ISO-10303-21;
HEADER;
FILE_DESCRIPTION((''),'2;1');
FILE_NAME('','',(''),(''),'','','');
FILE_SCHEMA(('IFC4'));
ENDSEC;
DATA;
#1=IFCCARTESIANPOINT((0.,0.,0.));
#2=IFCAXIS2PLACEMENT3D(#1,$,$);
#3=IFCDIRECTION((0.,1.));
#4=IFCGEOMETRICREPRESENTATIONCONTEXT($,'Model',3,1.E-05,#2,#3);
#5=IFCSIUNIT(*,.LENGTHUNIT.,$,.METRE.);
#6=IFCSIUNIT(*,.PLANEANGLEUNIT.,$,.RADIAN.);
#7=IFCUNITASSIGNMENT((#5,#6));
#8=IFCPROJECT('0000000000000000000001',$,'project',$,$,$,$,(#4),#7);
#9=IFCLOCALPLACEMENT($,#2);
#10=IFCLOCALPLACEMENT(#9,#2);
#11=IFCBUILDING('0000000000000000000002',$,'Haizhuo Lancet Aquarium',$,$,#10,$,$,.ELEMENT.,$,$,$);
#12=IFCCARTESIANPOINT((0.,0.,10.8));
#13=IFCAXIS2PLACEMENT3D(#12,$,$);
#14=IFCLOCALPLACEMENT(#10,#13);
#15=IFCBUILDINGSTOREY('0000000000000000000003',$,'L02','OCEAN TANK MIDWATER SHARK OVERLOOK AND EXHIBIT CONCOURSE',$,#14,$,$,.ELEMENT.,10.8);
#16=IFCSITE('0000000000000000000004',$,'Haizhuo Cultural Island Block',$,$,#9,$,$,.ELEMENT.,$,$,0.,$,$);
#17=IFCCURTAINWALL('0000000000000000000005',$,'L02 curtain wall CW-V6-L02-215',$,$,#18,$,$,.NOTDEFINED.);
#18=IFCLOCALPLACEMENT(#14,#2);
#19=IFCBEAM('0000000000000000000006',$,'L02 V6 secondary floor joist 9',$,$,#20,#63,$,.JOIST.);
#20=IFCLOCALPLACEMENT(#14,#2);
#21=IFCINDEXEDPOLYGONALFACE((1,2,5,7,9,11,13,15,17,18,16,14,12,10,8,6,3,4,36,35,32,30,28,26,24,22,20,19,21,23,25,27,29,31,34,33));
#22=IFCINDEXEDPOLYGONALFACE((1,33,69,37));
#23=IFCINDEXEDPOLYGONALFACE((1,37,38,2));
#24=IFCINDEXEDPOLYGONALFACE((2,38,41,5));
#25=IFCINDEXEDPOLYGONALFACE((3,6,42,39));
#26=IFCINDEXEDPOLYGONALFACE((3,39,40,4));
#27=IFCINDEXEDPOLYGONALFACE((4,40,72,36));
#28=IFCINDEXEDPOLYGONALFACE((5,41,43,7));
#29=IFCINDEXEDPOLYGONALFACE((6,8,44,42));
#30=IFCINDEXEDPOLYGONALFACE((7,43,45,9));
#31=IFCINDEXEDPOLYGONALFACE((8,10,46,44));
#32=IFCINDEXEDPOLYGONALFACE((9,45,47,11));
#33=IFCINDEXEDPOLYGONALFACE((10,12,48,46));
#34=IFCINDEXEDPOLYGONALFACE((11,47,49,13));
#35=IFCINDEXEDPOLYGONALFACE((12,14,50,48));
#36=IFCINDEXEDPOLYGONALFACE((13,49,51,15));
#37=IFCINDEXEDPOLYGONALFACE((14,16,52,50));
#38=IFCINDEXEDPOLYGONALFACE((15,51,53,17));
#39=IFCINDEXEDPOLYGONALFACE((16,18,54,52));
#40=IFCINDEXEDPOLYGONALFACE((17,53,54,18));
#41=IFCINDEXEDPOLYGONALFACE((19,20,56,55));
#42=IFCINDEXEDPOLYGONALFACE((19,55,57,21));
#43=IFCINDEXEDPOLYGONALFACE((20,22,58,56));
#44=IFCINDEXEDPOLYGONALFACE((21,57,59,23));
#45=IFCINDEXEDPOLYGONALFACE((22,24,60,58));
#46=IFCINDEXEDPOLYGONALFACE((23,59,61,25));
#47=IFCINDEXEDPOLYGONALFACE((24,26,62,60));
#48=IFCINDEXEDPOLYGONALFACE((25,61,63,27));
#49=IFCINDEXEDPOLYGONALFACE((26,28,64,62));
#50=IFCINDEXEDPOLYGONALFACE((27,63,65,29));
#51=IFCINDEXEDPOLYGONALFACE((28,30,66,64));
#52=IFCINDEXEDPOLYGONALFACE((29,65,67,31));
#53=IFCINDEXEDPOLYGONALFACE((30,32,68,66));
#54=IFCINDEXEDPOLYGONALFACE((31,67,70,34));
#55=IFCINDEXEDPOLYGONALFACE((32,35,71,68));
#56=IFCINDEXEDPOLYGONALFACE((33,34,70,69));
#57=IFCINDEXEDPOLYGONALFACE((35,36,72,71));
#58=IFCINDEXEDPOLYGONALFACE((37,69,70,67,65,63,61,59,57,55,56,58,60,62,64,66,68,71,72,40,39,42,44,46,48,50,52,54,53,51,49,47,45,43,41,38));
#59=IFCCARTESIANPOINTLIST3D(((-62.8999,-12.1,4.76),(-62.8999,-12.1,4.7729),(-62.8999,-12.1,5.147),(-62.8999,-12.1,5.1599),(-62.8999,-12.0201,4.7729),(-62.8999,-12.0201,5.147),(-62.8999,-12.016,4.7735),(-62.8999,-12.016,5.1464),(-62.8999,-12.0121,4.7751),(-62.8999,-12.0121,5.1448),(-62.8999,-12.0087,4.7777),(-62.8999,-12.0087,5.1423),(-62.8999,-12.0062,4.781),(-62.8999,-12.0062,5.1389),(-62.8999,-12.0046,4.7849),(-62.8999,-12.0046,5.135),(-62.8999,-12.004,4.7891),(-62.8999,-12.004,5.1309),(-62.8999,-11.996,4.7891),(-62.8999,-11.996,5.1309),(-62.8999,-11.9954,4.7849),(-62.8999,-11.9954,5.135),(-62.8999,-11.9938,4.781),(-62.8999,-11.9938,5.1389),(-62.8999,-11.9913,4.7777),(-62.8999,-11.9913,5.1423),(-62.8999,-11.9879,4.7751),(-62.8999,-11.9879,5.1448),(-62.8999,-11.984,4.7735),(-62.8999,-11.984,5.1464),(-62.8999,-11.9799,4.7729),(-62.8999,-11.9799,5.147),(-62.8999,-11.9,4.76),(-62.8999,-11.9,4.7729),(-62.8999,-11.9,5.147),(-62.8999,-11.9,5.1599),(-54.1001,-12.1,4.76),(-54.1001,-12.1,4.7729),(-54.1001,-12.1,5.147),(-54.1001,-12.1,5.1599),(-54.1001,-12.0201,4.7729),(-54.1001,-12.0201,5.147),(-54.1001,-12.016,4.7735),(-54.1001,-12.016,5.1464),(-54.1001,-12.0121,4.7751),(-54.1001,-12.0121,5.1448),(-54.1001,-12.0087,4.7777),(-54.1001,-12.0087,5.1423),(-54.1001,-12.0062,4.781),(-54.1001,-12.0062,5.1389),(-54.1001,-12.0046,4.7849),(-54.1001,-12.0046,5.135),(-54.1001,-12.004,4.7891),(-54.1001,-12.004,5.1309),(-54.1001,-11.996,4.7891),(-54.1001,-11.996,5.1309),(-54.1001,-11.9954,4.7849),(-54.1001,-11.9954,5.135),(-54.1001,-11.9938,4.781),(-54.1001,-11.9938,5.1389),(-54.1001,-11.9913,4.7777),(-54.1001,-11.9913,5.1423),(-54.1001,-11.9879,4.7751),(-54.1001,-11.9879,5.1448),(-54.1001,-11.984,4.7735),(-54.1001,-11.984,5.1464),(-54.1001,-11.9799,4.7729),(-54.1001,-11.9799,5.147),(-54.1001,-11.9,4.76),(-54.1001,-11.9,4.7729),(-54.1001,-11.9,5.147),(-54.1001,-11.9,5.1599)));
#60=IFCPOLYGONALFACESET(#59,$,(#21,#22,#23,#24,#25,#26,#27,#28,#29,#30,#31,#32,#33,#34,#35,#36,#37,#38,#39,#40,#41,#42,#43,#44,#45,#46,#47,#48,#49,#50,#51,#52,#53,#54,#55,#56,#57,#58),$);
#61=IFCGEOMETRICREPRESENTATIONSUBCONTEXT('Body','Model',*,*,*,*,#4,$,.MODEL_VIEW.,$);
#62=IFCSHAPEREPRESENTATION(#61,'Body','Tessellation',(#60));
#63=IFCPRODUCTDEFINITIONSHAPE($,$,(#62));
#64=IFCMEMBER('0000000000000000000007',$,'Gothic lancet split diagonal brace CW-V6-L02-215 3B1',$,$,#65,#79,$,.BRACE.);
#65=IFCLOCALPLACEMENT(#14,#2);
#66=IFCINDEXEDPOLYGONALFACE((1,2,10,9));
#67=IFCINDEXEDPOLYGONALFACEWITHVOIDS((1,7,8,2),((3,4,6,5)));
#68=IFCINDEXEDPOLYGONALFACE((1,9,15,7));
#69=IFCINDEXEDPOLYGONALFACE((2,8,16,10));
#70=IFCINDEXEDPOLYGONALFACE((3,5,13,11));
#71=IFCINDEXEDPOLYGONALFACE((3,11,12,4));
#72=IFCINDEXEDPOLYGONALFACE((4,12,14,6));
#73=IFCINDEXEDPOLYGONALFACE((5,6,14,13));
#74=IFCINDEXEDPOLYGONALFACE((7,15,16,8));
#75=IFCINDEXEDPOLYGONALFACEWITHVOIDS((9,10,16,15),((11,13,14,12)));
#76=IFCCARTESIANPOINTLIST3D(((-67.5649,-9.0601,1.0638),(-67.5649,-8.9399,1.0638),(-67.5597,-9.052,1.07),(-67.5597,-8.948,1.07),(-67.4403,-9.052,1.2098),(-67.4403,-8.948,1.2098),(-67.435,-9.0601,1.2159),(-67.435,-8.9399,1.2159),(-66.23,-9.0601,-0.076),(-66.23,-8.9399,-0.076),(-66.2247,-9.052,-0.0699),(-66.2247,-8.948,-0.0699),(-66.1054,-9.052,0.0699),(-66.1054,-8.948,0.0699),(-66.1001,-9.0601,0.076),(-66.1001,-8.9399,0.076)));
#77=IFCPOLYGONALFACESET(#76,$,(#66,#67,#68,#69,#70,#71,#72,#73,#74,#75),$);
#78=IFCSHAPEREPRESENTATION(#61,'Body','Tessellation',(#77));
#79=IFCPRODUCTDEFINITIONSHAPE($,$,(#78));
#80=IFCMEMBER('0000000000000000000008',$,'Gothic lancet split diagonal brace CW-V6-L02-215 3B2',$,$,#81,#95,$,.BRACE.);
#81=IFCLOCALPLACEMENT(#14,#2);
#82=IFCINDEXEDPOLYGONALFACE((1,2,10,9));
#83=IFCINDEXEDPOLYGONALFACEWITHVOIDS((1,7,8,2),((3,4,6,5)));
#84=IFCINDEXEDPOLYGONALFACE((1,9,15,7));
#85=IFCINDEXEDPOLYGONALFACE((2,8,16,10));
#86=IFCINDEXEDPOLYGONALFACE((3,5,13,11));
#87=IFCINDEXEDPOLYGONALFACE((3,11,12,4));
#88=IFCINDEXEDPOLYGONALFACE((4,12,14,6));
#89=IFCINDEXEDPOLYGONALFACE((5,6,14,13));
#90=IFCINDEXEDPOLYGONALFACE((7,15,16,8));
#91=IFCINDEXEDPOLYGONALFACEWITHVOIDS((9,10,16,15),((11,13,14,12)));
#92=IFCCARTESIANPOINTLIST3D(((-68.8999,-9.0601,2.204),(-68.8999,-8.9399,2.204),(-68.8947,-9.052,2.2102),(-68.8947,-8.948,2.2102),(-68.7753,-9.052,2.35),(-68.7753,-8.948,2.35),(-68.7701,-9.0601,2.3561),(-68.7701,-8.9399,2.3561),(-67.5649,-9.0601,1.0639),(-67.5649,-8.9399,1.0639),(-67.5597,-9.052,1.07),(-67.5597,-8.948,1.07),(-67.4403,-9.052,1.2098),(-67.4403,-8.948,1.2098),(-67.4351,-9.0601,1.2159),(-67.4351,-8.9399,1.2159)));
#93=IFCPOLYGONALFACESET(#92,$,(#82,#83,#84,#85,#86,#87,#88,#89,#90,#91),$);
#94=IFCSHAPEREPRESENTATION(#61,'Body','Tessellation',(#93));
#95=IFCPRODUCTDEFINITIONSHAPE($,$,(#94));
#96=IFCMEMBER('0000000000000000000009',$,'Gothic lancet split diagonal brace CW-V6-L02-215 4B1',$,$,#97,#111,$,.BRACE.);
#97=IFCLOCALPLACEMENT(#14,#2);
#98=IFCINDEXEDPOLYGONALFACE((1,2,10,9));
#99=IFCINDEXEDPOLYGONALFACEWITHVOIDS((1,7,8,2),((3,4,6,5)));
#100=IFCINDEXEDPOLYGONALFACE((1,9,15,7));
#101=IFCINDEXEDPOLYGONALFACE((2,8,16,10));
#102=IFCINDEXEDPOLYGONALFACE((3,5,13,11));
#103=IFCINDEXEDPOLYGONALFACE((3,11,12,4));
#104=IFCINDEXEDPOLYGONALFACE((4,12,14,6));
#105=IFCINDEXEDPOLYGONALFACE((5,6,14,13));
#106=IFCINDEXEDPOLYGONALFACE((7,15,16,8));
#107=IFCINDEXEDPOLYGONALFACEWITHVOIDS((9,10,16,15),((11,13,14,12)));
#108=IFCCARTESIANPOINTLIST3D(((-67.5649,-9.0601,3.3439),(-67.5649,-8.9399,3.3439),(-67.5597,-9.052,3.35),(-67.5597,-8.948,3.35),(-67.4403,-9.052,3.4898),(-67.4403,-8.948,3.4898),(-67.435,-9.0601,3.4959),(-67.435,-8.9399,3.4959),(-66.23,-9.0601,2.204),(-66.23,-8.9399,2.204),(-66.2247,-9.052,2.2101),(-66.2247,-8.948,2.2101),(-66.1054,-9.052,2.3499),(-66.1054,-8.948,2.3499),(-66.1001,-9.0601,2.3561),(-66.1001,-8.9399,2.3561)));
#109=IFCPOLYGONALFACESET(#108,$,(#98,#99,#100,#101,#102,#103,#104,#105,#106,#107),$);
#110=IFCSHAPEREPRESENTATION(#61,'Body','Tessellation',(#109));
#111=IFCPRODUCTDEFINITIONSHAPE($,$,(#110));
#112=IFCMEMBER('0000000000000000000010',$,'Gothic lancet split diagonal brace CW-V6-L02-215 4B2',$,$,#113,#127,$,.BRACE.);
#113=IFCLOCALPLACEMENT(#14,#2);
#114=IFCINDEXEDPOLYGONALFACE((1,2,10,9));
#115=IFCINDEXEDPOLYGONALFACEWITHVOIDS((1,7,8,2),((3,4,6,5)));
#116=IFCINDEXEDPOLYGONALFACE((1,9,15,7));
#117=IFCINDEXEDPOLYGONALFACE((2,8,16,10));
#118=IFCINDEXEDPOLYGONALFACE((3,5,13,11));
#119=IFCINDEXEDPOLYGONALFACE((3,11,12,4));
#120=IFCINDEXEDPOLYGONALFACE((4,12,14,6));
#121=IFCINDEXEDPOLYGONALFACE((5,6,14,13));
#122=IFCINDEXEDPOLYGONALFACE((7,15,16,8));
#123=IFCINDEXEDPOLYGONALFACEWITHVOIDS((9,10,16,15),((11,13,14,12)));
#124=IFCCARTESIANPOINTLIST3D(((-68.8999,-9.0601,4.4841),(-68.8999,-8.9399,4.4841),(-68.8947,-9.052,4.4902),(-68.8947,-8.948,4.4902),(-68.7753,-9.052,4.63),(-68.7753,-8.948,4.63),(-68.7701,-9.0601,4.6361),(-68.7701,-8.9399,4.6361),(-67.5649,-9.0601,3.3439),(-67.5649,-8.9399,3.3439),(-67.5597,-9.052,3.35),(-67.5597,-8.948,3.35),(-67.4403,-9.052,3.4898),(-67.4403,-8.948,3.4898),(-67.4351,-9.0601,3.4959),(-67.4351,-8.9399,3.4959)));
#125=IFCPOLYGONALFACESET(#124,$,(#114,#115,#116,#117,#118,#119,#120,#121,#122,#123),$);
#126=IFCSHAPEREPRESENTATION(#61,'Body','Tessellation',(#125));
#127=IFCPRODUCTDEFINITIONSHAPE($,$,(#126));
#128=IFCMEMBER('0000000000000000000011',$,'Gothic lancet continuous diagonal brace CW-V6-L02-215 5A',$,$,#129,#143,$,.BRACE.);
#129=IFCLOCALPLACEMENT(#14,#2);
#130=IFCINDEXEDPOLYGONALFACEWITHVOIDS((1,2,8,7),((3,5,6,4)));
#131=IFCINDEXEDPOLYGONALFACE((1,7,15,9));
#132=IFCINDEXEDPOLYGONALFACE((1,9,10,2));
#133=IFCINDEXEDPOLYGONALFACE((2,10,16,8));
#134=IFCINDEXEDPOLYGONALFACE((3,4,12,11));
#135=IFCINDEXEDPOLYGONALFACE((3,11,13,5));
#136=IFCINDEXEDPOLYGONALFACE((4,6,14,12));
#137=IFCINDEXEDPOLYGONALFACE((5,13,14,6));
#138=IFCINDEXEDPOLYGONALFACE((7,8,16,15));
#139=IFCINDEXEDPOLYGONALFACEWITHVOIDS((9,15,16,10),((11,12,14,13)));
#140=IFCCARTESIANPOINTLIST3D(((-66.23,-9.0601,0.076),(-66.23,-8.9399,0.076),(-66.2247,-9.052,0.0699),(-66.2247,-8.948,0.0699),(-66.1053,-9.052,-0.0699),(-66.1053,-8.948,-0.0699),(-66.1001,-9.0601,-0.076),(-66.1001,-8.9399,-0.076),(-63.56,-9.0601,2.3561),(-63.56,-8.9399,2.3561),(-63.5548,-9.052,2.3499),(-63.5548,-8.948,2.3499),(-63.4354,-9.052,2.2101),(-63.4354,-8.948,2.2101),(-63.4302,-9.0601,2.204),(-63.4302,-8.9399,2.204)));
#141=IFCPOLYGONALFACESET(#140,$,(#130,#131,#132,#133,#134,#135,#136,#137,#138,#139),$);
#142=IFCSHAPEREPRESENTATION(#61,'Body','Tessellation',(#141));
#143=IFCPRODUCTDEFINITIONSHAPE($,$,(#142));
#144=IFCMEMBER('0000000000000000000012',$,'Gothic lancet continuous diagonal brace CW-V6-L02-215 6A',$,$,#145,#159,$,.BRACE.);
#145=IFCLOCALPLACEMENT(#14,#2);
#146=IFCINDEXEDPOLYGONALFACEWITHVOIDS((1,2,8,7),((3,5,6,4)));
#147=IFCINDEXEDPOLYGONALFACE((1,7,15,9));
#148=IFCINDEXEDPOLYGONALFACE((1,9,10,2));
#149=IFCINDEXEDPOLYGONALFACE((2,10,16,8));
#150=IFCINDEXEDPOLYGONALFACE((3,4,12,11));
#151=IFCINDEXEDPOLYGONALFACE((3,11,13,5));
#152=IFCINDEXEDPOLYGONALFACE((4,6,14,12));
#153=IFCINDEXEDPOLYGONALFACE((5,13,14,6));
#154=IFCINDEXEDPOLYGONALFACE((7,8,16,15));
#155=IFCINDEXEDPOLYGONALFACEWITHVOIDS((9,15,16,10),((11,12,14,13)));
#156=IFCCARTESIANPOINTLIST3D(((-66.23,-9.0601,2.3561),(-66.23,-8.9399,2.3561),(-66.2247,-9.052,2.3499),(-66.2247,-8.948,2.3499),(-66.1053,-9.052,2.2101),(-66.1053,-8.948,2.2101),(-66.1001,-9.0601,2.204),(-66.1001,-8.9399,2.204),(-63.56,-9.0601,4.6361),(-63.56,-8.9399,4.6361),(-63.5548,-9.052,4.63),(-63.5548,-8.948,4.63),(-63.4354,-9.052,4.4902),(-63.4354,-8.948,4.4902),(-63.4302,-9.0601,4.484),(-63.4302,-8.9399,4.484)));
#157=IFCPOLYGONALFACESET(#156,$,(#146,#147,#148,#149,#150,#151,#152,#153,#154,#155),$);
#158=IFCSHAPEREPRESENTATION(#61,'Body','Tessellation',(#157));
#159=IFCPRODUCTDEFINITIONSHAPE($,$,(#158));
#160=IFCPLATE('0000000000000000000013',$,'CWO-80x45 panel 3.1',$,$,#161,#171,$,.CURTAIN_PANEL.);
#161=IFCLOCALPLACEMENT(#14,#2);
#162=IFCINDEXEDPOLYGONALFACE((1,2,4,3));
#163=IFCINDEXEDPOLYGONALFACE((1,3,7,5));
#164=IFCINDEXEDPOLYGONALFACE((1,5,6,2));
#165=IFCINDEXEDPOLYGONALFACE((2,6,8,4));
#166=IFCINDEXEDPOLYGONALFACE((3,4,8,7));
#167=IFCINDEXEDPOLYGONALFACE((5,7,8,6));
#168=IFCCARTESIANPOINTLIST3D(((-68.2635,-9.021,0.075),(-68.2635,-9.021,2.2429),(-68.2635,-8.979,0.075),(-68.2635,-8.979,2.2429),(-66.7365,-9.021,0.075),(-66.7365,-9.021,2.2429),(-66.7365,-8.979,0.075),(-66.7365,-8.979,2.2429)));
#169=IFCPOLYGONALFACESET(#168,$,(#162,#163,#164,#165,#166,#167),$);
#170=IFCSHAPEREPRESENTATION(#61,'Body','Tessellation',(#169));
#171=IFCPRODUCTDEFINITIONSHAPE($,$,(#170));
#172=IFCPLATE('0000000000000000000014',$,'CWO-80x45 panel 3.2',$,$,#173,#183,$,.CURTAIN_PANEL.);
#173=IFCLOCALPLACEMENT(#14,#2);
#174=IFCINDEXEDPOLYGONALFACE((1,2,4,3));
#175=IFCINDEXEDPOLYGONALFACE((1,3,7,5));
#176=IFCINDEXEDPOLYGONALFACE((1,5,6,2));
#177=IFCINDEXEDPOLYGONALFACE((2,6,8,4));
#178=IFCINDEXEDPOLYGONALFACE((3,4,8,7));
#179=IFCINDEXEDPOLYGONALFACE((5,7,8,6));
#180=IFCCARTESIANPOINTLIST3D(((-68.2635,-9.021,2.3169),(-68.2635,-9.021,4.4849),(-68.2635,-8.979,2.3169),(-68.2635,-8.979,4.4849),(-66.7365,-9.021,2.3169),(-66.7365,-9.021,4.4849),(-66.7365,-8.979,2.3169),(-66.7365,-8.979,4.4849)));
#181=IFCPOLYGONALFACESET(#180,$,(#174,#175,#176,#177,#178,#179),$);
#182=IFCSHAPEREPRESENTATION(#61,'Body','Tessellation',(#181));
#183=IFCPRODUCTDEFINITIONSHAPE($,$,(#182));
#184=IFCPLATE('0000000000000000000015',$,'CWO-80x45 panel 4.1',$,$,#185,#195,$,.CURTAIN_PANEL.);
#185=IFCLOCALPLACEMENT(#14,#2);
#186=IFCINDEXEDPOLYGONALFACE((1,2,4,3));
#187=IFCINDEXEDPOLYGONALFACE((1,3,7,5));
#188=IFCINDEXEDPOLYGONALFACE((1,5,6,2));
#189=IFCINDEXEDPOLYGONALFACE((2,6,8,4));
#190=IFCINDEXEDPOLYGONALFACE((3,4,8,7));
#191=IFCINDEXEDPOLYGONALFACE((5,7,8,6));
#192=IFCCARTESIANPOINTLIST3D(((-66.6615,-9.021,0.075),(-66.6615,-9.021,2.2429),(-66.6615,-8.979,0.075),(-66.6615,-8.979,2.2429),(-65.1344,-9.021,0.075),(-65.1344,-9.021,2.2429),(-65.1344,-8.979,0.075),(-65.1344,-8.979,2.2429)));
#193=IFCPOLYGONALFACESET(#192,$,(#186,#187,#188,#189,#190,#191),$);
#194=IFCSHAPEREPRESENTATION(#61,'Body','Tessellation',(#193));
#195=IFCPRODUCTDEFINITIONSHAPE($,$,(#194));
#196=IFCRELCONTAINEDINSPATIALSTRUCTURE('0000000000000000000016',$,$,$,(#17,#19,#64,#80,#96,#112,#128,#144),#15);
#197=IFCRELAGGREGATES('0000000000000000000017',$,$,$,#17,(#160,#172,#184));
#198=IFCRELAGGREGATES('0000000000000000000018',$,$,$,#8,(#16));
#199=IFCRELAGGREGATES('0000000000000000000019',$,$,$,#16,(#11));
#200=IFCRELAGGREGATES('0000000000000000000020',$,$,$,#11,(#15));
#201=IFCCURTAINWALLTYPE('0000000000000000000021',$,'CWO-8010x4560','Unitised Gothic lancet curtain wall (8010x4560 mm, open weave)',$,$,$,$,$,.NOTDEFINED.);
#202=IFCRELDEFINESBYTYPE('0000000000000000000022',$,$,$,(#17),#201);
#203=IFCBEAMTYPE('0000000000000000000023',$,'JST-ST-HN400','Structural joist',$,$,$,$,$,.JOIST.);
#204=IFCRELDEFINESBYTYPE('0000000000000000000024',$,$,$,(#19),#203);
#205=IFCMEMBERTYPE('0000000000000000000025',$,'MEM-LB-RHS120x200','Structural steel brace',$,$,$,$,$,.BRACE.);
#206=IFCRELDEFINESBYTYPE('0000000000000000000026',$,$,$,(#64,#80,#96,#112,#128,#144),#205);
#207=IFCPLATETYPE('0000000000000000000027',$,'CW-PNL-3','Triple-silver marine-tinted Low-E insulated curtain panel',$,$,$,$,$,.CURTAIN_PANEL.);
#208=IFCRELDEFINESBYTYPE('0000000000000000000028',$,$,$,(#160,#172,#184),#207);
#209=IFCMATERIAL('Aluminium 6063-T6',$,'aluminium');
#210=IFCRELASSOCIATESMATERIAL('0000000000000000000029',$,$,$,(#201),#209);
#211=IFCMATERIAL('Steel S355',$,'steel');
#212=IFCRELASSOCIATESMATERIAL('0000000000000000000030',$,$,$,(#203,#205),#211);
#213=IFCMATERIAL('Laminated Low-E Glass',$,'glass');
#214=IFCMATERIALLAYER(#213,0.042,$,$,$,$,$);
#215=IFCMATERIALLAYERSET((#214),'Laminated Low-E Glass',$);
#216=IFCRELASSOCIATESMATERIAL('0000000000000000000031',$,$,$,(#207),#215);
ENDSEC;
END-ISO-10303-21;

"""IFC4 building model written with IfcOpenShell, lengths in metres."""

from ifc_helpers import new_model, si_unit, direction, frame, origin, origin_2d, place, context, subcontext, project, spatial, rectangle, hollow_rectangle, i_section, extrude, material, layer, layer_set, material_profile, profile_set, type_object, element, aggregate, save


model = new_model("IFC4")

# Units and contexts
model_context = context("Model", 3, precision=1e-05, world=origin(), true_north=direction((0.0, 1.0)))
body_context = subcontext(model_context, "Body", "Model", "MODEL_VIEW")
ifc_project = project(units=[si_unit("LENGTHUNIT", "METRE"), si_unit("PLANEANGLEUNIT", "RADIAN")], contexts=[model_context])

# Site, building, storey
site_placement = place(None, origin())
site = spatial("IfcSite", under=ifc_project, at=site_placement, Name="Haizhuo Cultural Island Block", CompositionType="ELEMENT", RefElevation=0.0)
building_placement = place(site_placement, origin())
building = spatial("IfcBuilding", under=site, at=building_placement, Name="Haizhuo Lancet Aquarium", CompositionType="ELEMENT")
storey_placement = place(building_placement, frame((0.0, 0.0, 10.8)))
storey = spatial("IfcBuildingStorey", under=building, at=storey_placement, Name="L02", Description="OCEAN TANK MIDWATER SHARK OVERLOOK AND EXHIBIT CONCOURSE", CompositionType="ELEMENT", Elevation=10.8)

# Curtain wall
ifc_material_1 = material(Name="Aluminium 6063-T6", Category="aluminium")
curtain_wall_type = type_object("IfcCurtainWallType", Name="CWO-8010x4560", Description="Unitised Gothic lancet curtain wall (8010x4560 mm, open weave)", PredefinedType="NOTDEFINED", material=ifc_material_1)
curtain_wall_placement = place(storey_placement, origin())
curtain_wall = element("IfcCurtainWall", 1, at=curtain_wall_placement, inside=storey, type_object=curtain_wall_type, Name="L02 curtain wall CW-V6-L02-215", PredefinedType="NOTDEFINED")

# Beam
ifc_material_2 = material(Name="Steel S355", Category="steel")
ifc_material_profile_1 = material_profile(ifc_material_2, i_section(OverallWidth=0.2, OverallDepth=0.3999, WebThickness=0.0081, FlangeThickness=0.0129, FilletRadius=0.0161, at=origin_2d()), Name="HN 400x200x8x13")
ifc_profile_set_1 = profile_set([ifc_material_profile_1], Name="Steel S355")
beam_type = type_object("IfcBeamType", Name="JST-ST-HN400", Description="Structural joist", PredefinedType="JOIST", material=ifc_profile_set_1)
beam_placement = place(storey_placement, frame((-62.8999, -12.0, 4.96), z_axis=(1.0, 0.0, 0.0), x_axis=(0.0, 1.0, 0.0)))
element("IfcBeam", 2, at=beam_placement, inside=storey, type_object=beam_type, Name="L02 V6 secondary floor joist 9", PredefinedType="JOIST", context=body_context, shape_type="SweptSolid", body=[
    extrude(i_section(OverallWidth=0.2, OverallDepth=0.3999, WebThickness=0.0081, FlangeThickness=0.0129, FilletRadius=0.0161, at=origin_2d()), origin(), (0.0, 0.0, 1.0), 8.7998),
])

# Members
ifc_material_profile_2 = material_profile(ifc_material_2, hollow_rectangle(XDim=0.1201, YDim=0.2, WallThickness=0.0081, at=origin_2d()), Name="RHS 120x200x8")
ifc_profile_set_2 = profile_set([ifc_material_profile_2], Name="Steel S355")
member_type_1 = type_object("IfcMemberType", Name="MEM-LB-RHS120x200", Description="Structural steel brace", PredefinedType="BRACE", material=ifc_profile_set_2)
member_1_placement = place(storey_placement, frame((-66.165, -9.0, 0.0), z_axis=(-0.760482, 0.0, 0.649359), x_axis=(0.0, -1.0, 0.0)))
element("IfcMember", 3, at=member_1_placement, inside=storey, type_object=member_type_1, Name="Gothic lancet split diagonal brace CW-V6-L02-215 3B1", PredefinedType="BRACE", context=body_context, shape_type="SweptSolid", body=[
    extrude(hollow_rectangle(XDim=0.1201, YDim=0.2, WallThickness=0.0081, at=origin_2d()), origin(), (0.0, 0.0, 1.0), 1.7554),
])
member_2_placement = place(storey_placement, frame((-67.5, -9.0, 1.1399), z_axis=(-0.760414, 0.0, 0.649439), x_axis=(0.0, -1.0, 0.0)))
element("IfcMember", 4, at=member_2_placement, inside=storey, type_object=member_type_1, Name="Gothic lancet split diagonal brace CW-V6-L02-215 3B2", PredefinedType="BRACE", context=body_context, shape_type="SweptSolid", body=[
    extrude(hollow_rectangle(XDim=0.1201, YDim=0.2, WallThickness=0.0081, at=origin_2d()), origin(), (0.0, 0.0, 1.0), 1.7556),
])
member_3_placement = place(storey_placement, frame((-66.165, -9.0, 2.28), z_axis=(-0.760482, 0.0, 0.649359), x_axis=(0.0, -1.0, 0.0)))
element("IfcMember", 5, at=member_3_placement, inside=storey, type_object=member_type_1, Name="Gothic lancet split diagonal brace CW-V6-L02-215 4B1", PredefinedType="BRACE", context=body_context, shape_type="SweptSolid", body=[
    extrude(hollow_rectangle(XDim=0.1201, YDim=0.2, WallThickness=0.0081, at=origin_2d()), origin(), (0.0, 0.0, 1.0), 1.7554),
])
member_4_placement = place(storey_placement, frame((-67.5, -9.0, 3.4199), z_axis=(-0.760414, 0.0, 0.649439), x_axis=(0.0, -1.0, 0.0)))
element("IfcMember", 6, at=member_4_placement, inside=storey, type_object=member_type_1, Name="Gothic lancet split diagonal brace CW-V6-L02-215 4B2", PredefinedType="BRACE", context=body_context, shape_type="SweptSolid", body=[
    extrude(hollow_rectangle(XDim=0.1201, YDim=0.2, WallThickness=0.0081, at=origin_2d()), origin(), (0.0, 0.0, 1.0), 1.7556),
])
for number, where, z_axis, x_axis, name in (
    (7, (-66.165, -9.0, 0.0), (0.760448, 0.0, 0.649399), (0.0, 1.0, 0.0), "Gothic lancet continuous diagonal brace CW-V6-L02-215 5A"),
    (8, (-66.165, -9.0, 2.28), (0.760448, 0.0, 0.649399), (0.0, 1.0, 0.0), "Gothic lancet continuous diagonal brace CW-V6-L02-215 6A"),
):
    element("IfcMember", number, at=place(storey_placement, frame(where, z_axis=z_axis, x_axis=x_axis)), inside=storey, type_object=member_type_1, Name=name, PredefinedType="BRACE", context=body_context, shape_type="SweptSolid", body=[
        extrude(hollow_rectangle(XDim=0.1201, YDim=0.2, WallThickness=0.0081, at=origin_2d()), origin(), (0.0, 0.0, 1.0), 3.511),
    ])

# Plates
ifc_material_3 = material(Name="Laminated Low-E Glass", Category="glass")
ifc_layer_1 = layer(ifc_material_3, 0.042)
ifc_layer_set_1 = layer_set([ifc_layer_1], Name="Laminated Low-E Glass")
plate_type = type_object("IfcPlateType", Name="CW-PNL-3", Description="Triple-silver marine-tinted Low-E insulated curtain panel", PredefinedType="CURTAIN_PANEL", material=ifc_layer_set_1)
plate_1_placement = place(storey_placement, frame((-67.5, -9.0, 0.075), z_axis=(0.0, 0.0, 1.0), x_axis=(1.0, 0.0, 0.0)))
plate_1 = element("IfcPlate", 9, at=plate_1_placement, type_object=plate_type, Name="CWO-80x45 panel 3.1", PredefinedType="CURTAIN_PANEL", context=body_context, shape_type="SweptSolid", body=[
    extrude(rectangle(XDim=1.5271, YDim=0.042, at=origin_2d()), origin(), (0.0, 0.0, 1.0), 2.168),
])
plate_2_placement = place(storey_placement, frame((-67.5, -9.0, 2.3169), z_axis=(0.0, 0.0, 1.0), x_axis=(1.0, 0.0, 0.0)))
plate_2 = element("IfcPlate", 10, at=plate_2_placement, type_object=plate_type, Name="CWO-80x45 panel 3.2", PredefinedType="CURTAIN_PANEL", context=body_context, shape_type="SweptSolid", body=[
    extrude(rectangle(XDim=1.5271, YDim=0.042, at=origin_2d()), origin(), (0.0, 0.0, 1.0), 2.168),
])
plate_3_placement = place(storey_placement, frame((-65.8979, -9.0, 0.075), z_axis=(0.0, 0.0, 1.0), x_axis=(1.0, 0.0, 0.0)))
plate_3 = element("IfcPlate", 11, at=plate_3_placement, type_object=plate_type, Name="CWO-80x45 panel 4.1", PredefinedType="CURTAIN_PANEL", context=body_context, shape_type="SweptSolid", body=[
    extrude(rectangle(XDim=1.5271, YDim=0.042, at=origin_2d()), origin(), (0.0, 0.0, 1.0), 2.168),
])
aggregate(curtain_wall, [plate_1, plate_2, plate_3])

save(model, "model.ifc")
